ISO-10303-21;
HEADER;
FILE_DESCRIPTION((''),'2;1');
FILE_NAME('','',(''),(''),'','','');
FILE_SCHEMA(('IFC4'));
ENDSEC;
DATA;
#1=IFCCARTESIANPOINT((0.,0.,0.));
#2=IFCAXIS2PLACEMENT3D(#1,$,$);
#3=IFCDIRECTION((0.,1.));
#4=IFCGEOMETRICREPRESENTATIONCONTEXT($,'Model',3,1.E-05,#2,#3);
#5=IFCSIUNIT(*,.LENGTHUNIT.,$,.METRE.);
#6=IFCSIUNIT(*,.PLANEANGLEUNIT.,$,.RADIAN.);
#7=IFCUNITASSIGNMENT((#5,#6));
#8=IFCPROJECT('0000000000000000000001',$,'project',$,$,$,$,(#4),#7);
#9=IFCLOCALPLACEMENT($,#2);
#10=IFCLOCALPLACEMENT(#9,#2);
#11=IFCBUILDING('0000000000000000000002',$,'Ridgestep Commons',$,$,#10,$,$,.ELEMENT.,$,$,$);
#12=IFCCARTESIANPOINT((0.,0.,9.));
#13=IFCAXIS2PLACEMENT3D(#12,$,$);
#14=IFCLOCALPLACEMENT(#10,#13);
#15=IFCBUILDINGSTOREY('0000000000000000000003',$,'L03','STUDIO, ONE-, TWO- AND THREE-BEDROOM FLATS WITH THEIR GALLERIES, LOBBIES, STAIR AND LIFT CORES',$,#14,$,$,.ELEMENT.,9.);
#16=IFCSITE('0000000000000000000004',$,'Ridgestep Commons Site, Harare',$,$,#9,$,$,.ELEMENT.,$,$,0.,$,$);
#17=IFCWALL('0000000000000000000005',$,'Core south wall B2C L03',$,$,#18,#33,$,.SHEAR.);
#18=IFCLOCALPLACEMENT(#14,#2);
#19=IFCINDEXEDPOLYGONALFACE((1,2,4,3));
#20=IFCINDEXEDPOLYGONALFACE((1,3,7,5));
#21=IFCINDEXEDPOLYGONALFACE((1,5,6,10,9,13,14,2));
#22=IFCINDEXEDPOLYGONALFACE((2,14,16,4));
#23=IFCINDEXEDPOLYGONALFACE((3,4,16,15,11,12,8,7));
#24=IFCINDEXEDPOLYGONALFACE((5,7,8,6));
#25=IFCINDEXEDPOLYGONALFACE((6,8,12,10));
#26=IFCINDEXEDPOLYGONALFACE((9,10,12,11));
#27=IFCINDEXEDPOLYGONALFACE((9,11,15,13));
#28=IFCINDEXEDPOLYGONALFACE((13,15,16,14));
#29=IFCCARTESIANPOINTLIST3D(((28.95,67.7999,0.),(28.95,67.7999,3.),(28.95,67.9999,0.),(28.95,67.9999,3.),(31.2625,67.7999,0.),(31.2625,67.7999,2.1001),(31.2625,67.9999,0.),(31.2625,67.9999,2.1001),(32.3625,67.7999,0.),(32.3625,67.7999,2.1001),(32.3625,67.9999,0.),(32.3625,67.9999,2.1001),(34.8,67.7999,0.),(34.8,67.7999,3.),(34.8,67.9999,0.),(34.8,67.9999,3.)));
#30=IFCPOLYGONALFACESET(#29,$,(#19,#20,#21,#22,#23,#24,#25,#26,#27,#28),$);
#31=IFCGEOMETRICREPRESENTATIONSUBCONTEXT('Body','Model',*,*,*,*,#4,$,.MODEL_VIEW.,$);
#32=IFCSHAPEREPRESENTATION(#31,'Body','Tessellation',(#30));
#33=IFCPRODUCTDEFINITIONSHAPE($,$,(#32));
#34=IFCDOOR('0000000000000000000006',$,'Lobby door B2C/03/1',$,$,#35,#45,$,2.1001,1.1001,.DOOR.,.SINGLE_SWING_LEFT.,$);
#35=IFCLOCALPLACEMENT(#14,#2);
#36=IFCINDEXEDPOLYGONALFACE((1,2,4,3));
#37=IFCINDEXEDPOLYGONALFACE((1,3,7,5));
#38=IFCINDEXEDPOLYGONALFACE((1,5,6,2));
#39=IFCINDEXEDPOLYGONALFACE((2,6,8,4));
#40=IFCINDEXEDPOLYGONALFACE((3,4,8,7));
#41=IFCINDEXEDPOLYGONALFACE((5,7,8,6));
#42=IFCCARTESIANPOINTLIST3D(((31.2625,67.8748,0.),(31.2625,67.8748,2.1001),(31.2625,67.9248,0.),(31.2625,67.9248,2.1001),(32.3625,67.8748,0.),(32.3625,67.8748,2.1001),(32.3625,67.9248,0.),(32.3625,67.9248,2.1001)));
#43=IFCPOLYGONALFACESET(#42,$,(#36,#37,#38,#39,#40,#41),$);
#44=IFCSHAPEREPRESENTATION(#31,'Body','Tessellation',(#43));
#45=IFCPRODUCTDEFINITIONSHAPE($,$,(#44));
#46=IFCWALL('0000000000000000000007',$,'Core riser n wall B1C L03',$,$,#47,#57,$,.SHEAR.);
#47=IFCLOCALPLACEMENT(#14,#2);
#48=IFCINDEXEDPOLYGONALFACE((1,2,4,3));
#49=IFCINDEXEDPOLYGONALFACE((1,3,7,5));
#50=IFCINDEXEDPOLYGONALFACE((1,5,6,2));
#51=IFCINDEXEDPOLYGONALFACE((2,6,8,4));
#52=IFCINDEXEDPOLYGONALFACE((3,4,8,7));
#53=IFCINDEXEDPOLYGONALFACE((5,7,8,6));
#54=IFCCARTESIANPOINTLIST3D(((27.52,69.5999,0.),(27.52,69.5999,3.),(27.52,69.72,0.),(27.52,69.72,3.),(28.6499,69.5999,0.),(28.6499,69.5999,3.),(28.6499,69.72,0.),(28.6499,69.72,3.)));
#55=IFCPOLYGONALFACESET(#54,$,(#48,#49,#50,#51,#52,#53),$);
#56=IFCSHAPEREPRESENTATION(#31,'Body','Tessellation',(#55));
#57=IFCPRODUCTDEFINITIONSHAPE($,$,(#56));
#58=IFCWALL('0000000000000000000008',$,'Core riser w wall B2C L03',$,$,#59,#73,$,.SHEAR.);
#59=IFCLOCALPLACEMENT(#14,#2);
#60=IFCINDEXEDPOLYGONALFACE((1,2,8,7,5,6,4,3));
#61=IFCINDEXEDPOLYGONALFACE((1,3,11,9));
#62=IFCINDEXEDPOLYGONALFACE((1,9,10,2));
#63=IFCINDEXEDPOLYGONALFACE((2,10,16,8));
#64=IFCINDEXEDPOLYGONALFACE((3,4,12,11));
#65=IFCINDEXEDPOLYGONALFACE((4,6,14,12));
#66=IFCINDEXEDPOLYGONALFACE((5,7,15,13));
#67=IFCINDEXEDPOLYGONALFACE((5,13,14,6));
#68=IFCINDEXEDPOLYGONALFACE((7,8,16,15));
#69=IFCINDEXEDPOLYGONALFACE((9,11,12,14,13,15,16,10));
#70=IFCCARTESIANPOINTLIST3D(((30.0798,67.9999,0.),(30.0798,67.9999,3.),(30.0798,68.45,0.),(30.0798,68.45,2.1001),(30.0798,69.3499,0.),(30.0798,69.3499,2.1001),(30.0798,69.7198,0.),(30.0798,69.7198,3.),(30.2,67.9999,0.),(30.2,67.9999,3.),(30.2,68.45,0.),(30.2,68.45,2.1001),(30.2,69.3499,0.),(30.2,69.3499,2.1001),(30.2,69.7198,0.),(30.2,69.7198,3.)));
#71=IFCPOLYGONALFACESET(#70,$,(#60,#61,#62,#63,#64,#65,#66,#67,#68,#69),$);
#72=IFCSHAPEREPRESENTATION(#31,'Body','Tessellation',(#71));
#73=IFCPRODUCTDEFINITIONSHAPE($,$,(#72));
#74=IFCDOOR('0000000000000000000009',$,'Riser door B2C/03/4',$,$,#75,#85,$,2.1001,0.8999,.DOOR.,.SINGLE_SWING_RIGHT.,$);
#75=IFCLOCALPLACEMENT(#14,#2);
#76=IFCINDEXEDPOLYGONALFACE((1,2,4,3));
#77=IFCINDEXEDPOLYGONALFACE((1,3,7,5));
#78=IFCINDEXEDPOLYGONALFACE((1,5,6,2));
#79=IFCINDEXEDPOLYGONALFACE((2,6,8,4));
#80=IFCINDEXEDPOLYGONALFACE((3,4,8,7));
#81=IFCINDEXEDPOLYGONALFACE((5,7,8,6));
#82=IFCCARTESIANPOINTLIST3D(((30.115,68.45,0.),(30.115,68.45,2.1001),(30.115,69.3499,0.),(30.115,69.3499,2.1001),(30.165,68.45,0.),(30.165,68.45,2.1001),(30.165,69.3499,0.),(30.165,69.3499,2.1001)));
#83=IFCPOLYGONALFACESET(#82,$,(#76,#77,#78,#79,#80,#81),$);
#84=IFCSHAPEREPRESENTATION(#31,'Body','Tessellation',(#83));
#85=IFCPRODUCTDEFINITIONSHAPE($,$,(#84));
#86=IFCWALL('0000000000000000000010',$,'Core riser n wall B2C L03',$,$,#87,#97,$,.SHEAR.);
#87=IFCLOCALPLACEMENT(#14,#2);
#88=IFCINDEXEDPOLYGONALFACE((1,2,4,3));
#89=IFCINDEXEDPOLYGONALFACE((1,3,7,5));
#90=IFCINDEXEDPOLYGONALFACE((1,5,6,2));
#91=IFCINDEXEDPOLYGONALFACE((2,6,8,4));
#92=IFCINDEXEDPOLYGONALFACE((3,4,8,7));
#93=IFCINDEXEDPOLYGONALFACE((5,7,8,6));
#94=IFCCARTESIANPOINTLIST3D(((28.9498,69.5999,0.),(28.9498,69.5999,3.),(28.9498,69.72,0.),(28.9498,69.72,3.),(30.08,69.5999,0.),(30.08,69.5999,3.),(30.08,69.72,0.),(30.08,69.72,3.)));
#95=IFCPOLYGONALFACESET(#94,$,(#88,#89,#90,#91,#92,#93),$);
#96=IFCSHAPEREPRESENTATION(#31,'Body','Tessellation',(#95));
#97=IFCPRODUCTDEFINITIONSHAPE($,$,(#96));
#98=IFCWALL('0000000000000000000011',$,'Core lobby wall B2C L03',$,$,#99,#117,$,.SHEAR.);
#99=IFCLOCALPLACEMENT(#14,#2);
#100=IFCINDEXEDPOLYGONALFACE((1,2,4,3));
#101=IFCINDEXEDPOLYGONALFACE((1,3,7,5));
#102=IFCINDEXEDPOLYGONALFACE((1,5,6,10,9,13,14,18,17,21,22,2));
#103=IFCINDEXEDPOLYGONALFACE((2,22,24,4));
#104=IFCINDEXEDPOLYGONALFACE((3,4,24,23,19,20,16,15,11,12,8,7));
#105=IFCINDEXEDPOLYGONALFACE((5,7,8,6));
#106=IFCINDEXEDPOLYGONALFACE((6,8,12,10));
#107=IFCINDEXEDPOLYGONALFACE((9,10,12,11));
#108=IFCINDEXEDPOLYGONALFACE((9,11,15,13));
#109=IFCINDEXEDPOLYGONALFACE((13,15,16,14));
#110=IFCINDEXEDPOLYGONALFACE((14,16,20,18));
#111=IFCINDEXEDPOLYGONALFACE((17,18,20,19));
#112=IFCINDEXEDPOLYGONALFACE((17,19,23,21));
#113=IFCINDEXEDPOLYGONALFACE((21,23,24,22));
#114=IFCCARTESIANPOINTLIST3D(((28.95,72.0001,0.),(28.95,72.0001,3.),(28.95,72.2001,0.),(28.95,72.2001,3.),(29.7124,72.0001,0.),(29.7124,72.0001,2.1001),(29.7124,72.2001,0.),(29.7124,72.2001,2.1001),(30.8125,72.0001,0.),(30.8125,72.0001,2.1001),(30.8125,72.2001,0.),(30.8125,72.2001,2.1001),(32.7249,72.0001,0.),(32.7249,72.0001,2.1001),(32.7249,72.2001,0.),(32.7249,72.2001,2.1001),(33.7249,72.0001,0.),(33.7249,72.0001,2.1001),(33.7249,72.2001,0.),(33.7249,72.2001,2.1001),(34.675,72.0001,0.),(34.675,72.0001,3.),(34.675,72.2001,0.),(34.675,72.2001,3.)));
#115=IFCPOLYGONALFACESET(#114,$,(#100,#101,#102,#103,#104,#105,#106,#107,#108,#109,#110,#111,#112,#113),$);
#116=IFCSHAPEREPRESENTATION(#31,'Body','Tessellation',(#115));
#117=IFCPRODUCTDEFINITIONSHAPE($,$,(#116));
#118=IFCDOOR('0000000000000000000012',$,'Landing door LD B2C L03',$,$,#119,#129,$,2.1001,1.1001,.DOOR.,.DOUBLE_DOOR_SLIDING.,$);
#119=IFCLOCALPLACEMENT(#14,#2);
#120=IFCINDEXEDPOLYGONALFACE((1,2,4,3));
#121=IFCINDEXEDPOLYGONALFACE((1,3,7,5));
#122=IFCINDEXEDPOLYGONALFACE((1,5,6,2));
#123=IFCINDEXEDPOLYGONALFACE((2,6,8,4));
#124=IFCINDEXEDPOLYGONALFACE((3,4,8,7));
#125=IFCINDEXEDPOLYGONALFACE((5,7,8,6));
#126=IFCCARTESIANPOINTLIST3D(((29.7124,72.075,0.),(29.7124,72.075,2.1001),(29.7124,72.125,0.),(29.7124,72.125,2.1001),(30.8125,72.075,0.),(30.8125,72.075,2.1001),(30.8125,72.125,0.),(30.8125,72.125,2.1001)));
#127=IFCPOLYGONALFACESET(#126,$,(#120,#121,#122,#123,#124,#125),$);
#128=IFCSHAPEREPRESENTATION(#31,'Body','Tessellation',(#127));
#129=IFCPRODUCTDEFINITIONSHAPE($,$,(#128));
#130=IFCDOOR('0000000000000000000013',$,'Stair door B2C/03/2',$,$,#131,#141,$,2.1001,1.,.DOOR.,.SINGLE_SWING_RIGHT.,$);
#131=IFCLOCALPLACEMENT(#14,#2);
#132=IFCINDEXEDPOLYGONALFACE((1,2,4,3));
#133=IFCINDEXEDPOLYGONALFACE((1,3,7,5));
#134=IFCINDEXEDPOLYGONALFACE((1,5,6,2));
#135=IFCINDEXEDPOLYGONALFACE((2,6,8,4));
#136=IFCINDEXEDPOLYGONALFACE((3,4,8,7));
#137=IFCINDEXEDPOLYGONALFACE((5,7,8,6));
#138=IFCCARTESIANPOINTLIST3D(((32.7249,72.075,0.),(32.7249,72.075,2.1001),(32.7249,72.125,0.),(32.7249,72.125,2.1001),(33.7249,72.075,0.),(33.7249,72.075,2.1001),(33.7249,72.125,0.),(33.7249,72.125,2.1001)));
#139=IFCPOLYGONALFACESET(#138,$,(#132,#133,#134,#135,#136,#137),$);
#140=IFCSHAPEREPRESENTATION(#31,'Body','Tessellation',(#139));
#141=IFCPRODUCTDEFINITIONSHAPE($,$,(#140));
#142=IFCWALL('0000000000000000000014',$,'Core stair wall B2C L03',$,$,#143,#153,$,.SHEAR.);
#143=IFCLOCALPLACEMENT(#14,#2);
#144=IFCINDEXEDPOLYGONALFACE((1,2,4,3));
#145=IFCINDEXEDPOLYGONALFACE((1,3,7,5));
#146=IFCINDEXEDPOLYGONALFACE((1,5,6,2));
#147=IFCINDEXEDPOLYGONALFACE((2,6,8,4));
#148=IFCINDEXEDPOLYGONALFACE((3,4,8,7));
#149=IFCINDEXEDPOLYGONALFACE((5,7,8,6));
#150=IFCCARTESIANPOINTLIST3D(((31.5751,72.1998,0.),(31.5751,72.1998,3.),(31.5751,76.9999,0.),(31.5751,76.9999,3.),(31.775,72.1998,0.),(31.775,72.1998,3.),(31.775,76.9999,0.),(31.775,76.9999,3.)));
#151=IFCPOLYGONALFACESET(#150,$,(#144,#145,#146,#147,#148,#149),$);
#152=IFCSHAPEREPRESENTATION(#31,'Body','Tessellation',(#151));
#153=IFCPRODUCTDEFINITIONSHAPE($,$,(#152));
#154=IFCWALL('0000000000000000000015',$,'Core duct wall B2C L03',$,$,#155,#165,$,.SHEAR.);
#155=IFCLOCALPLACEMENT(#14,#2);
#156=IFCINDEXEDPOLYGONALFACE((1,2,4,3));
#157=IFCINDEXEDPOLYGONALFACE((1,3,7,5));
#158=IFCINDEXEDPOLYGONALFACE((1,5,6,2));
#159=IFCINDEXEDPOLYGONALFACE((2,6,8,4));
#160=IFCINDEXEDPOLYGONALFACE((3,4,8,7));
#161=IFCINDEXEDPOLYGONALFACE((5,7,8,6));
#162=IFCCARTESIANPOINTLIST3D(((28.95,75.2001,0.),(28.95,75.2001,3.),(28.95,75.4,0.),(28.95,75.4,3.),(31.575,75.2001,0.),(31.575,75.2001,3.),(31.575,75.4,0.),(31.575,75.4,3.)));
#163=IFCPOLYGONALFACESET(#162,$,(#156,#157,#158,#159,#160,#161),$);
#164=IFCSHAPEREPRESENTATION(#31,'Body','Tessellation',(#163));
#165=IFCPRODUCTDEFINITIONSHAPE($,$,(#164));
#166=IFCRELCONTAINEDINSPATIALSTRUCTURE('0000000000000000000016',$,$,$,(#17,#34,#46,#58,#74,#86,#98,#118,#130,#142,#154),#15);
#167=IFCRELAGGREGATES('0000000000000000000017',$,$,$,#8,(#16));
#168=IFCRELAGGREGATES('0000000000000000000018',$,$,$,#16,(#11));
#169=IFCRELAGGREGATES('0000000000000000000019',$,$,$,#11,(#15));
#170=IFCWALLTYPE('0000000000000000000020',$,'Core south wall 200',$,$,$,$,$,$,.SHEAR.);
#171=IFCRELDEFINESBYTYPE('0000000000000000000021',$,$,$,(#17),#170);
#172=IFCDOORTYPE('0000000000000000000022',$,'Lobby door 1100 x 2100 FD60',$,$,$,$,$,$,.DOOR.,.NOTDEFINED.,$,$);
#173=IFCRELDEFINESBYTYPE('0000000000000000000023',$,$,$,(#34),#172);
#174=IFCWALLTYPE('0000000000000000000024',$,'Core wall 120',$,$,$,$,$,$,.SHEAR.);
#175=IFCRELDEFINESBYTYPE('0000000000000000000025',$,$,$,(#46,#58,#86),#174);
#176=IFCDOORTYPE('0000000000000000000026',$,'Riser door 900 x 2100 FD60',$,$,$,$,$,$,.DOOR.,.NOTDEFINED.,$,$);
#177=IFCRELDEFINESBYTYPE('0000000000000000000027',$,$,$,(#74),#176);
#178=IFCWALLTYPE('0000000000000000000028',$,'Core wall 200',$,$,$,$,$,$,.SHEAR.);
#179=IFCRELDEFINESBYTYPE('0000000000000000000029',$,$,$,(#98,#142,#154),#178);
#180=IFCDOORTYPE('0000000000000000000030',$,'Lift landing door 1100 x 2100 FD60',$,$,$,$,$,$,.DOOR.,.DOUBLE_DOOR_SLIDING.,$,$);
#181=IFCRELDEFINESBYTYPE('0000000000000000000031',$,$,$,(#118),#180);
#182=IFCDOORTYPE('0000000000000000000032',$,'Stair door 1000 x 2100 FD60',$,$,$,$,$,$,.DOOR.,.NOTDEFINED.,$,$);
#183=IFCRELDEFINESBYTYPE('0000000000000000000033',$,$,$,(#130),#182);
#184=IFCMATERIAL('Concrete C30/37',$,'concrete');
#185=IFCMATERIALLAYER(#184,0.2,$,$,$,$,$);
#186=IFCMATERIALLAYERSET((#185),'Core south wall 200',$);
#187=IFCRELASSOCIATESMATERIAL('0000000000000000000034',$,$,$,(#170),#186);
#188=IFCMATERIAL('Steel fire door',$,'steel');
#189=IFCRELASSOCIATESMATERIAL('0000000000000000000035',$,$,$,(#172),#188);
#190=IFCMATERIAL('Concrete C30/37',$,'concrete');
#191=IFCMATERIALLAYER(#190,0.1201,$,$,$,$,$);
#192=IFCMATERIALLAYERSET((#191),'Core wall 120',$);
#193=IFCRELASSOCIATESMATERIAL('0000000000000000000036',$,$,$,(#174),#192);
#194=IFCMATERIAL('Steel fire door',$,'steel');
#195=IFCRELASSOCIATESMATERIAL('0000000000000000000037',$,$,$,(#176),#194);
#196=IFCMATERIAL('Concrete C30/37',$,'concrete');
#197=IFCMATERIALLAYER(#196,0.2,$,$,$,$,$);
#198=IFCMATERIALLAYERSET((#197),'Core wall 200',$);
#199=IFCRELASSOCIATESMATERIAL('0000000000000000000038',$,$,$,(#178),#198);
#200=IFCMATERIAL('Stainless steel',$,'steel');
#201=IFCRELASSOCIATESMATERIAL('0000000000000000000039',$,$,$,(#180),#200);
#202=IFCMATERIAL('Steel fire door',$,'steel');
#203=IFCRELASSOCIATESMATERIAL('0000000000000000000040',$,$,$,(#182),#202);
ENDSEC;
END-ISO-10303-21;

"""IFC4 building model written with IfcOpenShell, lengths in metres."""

from ifc_helpers import new_model, si_unit, direction, frame, frame_2d, origin, place, context, subcontext, project, spatial, rectangle, extrude, material, layer, layer_set, type_object, element, fill, save


model = new_model("IFC4")

# Units and contexts
model_context = context("Model", 3, precision=1e-05, world=origin(), true_north=direction((0.0, 1.0)))
body_context = subcontext(model_context, "Body", "Model", "MODEL_VIEW")
ifc_project = project(units=[si_unit("LENGTHUNIT", "METRE"), si_unit("PLANEANGLEUNIT", "RADIAN")], contexts=[model_context])

# Site, building, storey
site_placement = place(None, origin())
site = spatial("IfcSite", under=ifc_project, at=site_placement, Name="Ridgestep Commons Site, Harare", CompositionType="ELEMENT", RefElevation=0.0)
building_placement = place(site_placement, origin())
building = spatial("IfcBuilding", under=site, at=building_placement, Name="Ridgestep Commons", CompositionType="ELEMENT")
storey_placement = place(building_placement, frame((0.0, 0.0, 9.0)))
storey = spatial("IfcBuildingStorey", under=building, at=storey_placement, Name="L03", Description="STUDIO, ONE-, TWO- AND THREE-BEDROOM FLATS WITH THEIR GALLERIES, LOBBIES, STAIR AND LIFT CORES", CompositionType="ELEMENT", Elevation=9.0)

# Wall, opening, door
ifc_material_1 = material(Name="Concrete C30/37", Category="concrete")
ifc_layer_1 = layer(ifc_material_1, 0.2)
ifc_layer_set_1 = layer_set([ifc_layer_1], Name="Core south wall 200")
wall_type_1 = type_object("IfcWallType", Name="Core south wall 200", PredefinedType="SHEAR", material=ifc_layer_set_1)
wall_1_placement = place(storey_placement, frame((28.95, 67.8999, 0.0), z_axis=(0.0, 0.0, 1.0), x_axis=(1.0, 0.0, 0.0)))
wall_1 = element("IfcWall", 1, at=wall_1_placement, inside=storey, type_object=wall_type_1, Name="Core south wall B2C L03", PredefinedType="SHEAR", context=body_context, shape_type="SweptSolid", body=[
    extrude(rectangle(XDim=5.8501, YDim=0.2, at=frame_2d((2.925, 0.0))), origin(), (0.0, 0.0, 1.0), 3.0),
])
opening_1_placement = place(wall_1_placement, frame((2.3125, 0.0, 0.0)))
opening_1 = element("IfcOpeningElement", 2, at=opening_1_placement, cuts=wall_1, PredefinedType="OPENING", context=body_context, shape_type="SweptSolid", body=[
    extrude(rectangle(XDim=1.1001, YDim=2.1001, at=frame_2d((0.55, 1.05))), frame((0.0, 0.1099, 0.0), z_axis=(0.0, -1.0, 0.0), x_axis=(1.0, 0.0, 0.0)), (0.0, 0.0, 1.0), 0.22),
])
ifc_material_2 = material(Name="Steel fire door", Category="steel")
door_type_1 = type_object("IfcDoorType", Name="Lobby door 1100 x 2100 FD60", OperationType="NOTDEFINED", PredefinedType="DOOR", material=ifc_material_2)
door_1_placement = place(opening_1_placement, origin())
door_1 = element("IfcDoor", 3, at=door_1_placement, inside=storey, type_object=door_type_1, Name="Lobby door B2C/03/1", OperationType="SINGLE_SWING_LEFT", OverallHeight=2.1001, OverallWidth=1.1001, PredefinedType="DOOR", context=body_context, shape_type="SweptSolid", body=[
    extrude(rectangle(XDim=1.1001, YDim=2.1001, at=frame_2d((0.55, 1.05))), frame((0.0, 0.0249, 0.0), z_axis=(0.0, -1.0, 0.0), x_axis=(1.0, 0.0, 0.0)), (0.0, 0.0, 1.0), 0.05),
])
fill(opening_1, door_1)

# Wall
ifc_material_3 = material(Name="Concrete C30/37", Category="concrete")
ifc_layer_2 = layer(ifc_material_3, 0.1201)
ifc_layer_set_2 = layer_set([ifc_layer_2], Name="Core wall 120")
wall_type_2 = type_object("IfcWallType", Name="Core wall 120", PredefinedType="SHEAR", material=ifc_layer_set_2)
wall_2_placement = place(storey_placement, frame((27.52, 69.6599, 0.0), z_axis=(0.0, 0.0, 1.0), x_axis=(1.0, 0.0, 0.0)))
element("IfcWall", 4, at=wall_2_placement, inside=storey, type_object=wall_type_2, Name="Core riser n wall B1C L03", PredefinedType="SHEAR", context=body_context, shape_type="SweptSolid", body=[
    extrude(rectangle(XDim=1.1299, YDim=0.1201, at=frame_2d((0.5649, 0.0))), origin(), (0.0, 0.0, 1.0), 3.0),
])

# Wall, opening, door
wall_3_placement = place(storey_placement, frame((30.1399, 68.0, 0.0), z_axis=(0.0, 0.0, 1.0), x_axis=(0.0, 1.0, 0.0)))
wall_3 = element("IfcWall", 5, at=wall_3_placement, inside=storey, type_object=wall_type_2, Name="Core riser w wall B2C L03", PredefinedType="SHEAR", context=body_context, shape_type="SweptSolid", body=[
    extrude(rectangle(XDim=1.72, YDim=0.1201, at=frame_2d((0.8599, 0.0))), origin(), (0.0, 0.0, 1.0), 3.0),
])
opening_2_placement = place(wall_3_placement, frame((0.45, 0.0, 0.0)))
opening_2 = element("IfcOpeningElement", 6, at=opening_2_placement, cuts=wall_3, PredefinedType="OPENING", context=body_context, shape_type="SweptSolid", body=[
    extrude(rectangle(XDim=0.8999, YDim=2.1001, at=frame_2d((0.45, 1.05))), frame((0.0, 0.0701, 0.0), z_axis=(0.0, -1.0, 0.0), x_axis=(1.0, 0.0, 0.0)), (0.0, 0.0, 1.0), 0.1401),
])
ifc_material_4 = material(Name="Steel fire door", Category="steel")
door_type_2 = type_object("IfcDoorType", Name="Riser door 900 x 2100 FD60", OperationType="NOTDEFINED", PredefinedType="DOOR", material=ifc_material_4)
door_2_placement = place(opening_2_placement, origin())
door_2 = element("IfcDoor", 7, at=door_2_placement, inside=storey, type_object=door_type_2, Name="Riser door B2C/03/4", OperationType="SINGLE_SWING_RIGHT", OverallHeight=2.1001, OverallWidth=0.8999, PredefinedType="DOOR", context=body_context, shape_type="SweptSolid", body=[
    extrude(rectangle(XDim=0.8999, YDim=2.1001, at=frame_2d((0.45, 1.05))), frame((0.0, 0.0249, 0.0), z_axis=(0.0, -1.0, 0.0), x_axis=(1.0, 0.0, 0.0)), (0.0, 0.0, 1.0), 0.05),
])
fill(opening_2, door_2)

# Wall
wall_4_placement = place(storey_placement, frame((28.95, 69.6599, 0.0), z_axis=(0.0, 0.0, 1.0), x_axis=(1.0, 0.0, 0.0)))
element("IfcWall", 8, at=wall_4_placement, inside=storey, type_object=wall_type_2, Name="Core riser n wall B2C L03", PredefinedType="SHEAR", context=body_context, shape_type="SweptSolid", body=[
    extrude(rectangle(XDim=1.1301, YDim=0.1201, at=frame_2d((0.5649, 0.0))), origin(), (0.0, 0.0, 1.0), 3.0),
])

# Wall, openings, doors
ifc_material_5 = material(Name="Concrete C30/37", Category="concrete")
ifc_layer_3 = layer(ifc_material_5, 0.2)
ifc_layer_set_3 = layer_set([ifc_layer_3], Name="Core wall 200")
wall_type_3 = type_object("IfcWallType", Name="Core wall 200", PredefinedType="SHEAR", material=ifc_layer_set_3)
wall_5_placement = place(storey_placement, frame((28.95, 72.1001, 0.0), z_axis=(0.0, 0.0, 1.0), x_axis=(1.0, 0.0, 0.0)))
wall_5 = element("IfcWall", 9, at=wall_5_placement, inside=storey, type_object=wall_type_3, Name="Core lobby wall B2C L03", PredefinedType="SHEAR", context=body_context, shape_type="SweptSolid", body=[
    extrude(rectangle(XDim=5.7251, YDim=0.2, at=frame_2d((2.8625, 0.0))), origin(), (0.0, 0.0, 1.0), 3.0),
])
opening_3_placement = place(wall_5_placement, frame((3.7749, 0.0, 0.0)))
opening_3 = element("IfcOpeningElement", 10, at=opening_3_placement, cuts=wall_5, PredefinedType="OPENING", context=body_context, shape_type="SweptSolid", body=[
    extrude(rectangle(XDim=1.0, YDim=2.1001, at=frame_2d((0.5, 1.05))), frame((0.0, 0.1099, 0.0), z_axis=(0.0, -1.0, 0.0), x_axis=(1.0, 0.0, 0.0)), (0.0, 0.0, 1.0), 0.22),
])
opening_4_placement = place(wall_5_placement, frame((0.7625, 0.0, 0.0)))
opening_4 = element("IfcOpeningElement", 11, at=opening_4_placement, cuts=wall_5, PredefinedType="OPENING", context=body_context, shape_type="SweptSolid", body=[
    extrude(rectangle(XDim=1.1001, YDim=2.1001, at=frame_2d((0.55, 1.05))), frame((0.0, 0.1099, 0.0), z_axis=(0.0, -1.0, 0.0), x_axis=(1.0, 0.0, 0.0)), (0.0, 0.0, 1.0), 0.22),
])
ifc_material_6 = material(Name="Stainless steel", Category="steel")
door_type_3 = type_object("IfcDoorType", Name="Lift landing door 1100 x 2100 FD60", OperationType="DOUBLE_DOOR_SLIDING", PredefinedType="DOOR", material=ifc_material_6)
door_3_placement = place(opening_4_placement, origin())
door_3 = element("IfcDoor", 12, at=door_3_placement, inside=storey, type_object=door_type_3, Name="Landing door LD B2C L03", OperationType="DOUBLE_DOOR_SLIDING", OverallHeight=2.1001, OverallWidth=1.1001, PredefinedType="DOOR", context=body_context, shape_type="SweptSolid", body=[
    extrude(rectangle(XDim=1.1001, YDim=2.1001, at=frame_2d((0.55, 1.05))), frame((0.0, 0.0249, 0.0), z_axis=(0.0, -1.0, 0.0), x_axis=(1.0, 0.0, 0.0)), (0.0, 0.0, 1.0), 0.05),
])
fill(opening_4, door_3)
ifc_material_7 = material(Name="Steel fire door", Category="steel")
door_type_4 = type_object("IfcDoorType", Name="Stair door 1000 x 2100 FD60", OperationType="NOTDEFINED", PredefinedType="DOOR", material=ifc_material_7)
door_4_placement = place(opening_3_placement, origin())
door_4 = element("IfcDoor", 13, at=door_4_placement, inside=storey, type_object=door_type_4, Name="Stair door B2C/03/2", OperationType="SINGLE_SWING_RIGHT", OverallHeight=2.1001, OverallWidth=1.0, PredefinedType="DOOR", context=body_context, shape_type="SweptSolid", body=[
    extrude(rectangle(XDim=1.0, YDim=2.1001, at=frame_2d((0.5, 1.05))), frame((0.0, 0.0249, 0.0), z_axis=(0.0, -1.0, 0.0), x_axis=(1.0, 0.0, 0.0)), (0.0, 0.0, 1.0), 0.05),
])
fill(opening_3, door_4)

# Walls
wall_6_placement = place(storey_placement, frame((31.675, 72.2, 0.0), z_axis=(0.0, 0.0, 1.0), x_axis=(0.0, 1.0, 0.0)))
element("IfcWall", 14, at=wall_6_placement, inside=storey, type_object=wall_type_3, Name="Core stair wall B2C L03", PredefinedType="SHEAR", context=body_context, shape_type="SweptSolid", body=[
    extrude(rectangle(XDim=4.8, YDim=0.2, at=frame_2d((2.3999, 0.0))), origin(), (0.0, 0.0, 1.0), 3.0),
])
wall_7_placement = place(storey_placement, frame((28.95, 75.3, 0.0), z_axis=(0.0, 0.0, 1.0), x_axis=(1.0, 0.0, 0.0)))
element("IfcWall", 15, at=wall_7_placement, inside=storey, type_object=wall_type_3, Name="Core duct wall B2C L03", PredefinedType="SHEAR", context=body_context, shape_type="SweptSolid", body=[
    extrude(rectangle(XDim=2.625, YDim=0.2, at=frame_2d((1.3125, 0.0))), origin(), (0.0, 0.0, 1.0), 3.0),
])

save(model, "model.ifc")
